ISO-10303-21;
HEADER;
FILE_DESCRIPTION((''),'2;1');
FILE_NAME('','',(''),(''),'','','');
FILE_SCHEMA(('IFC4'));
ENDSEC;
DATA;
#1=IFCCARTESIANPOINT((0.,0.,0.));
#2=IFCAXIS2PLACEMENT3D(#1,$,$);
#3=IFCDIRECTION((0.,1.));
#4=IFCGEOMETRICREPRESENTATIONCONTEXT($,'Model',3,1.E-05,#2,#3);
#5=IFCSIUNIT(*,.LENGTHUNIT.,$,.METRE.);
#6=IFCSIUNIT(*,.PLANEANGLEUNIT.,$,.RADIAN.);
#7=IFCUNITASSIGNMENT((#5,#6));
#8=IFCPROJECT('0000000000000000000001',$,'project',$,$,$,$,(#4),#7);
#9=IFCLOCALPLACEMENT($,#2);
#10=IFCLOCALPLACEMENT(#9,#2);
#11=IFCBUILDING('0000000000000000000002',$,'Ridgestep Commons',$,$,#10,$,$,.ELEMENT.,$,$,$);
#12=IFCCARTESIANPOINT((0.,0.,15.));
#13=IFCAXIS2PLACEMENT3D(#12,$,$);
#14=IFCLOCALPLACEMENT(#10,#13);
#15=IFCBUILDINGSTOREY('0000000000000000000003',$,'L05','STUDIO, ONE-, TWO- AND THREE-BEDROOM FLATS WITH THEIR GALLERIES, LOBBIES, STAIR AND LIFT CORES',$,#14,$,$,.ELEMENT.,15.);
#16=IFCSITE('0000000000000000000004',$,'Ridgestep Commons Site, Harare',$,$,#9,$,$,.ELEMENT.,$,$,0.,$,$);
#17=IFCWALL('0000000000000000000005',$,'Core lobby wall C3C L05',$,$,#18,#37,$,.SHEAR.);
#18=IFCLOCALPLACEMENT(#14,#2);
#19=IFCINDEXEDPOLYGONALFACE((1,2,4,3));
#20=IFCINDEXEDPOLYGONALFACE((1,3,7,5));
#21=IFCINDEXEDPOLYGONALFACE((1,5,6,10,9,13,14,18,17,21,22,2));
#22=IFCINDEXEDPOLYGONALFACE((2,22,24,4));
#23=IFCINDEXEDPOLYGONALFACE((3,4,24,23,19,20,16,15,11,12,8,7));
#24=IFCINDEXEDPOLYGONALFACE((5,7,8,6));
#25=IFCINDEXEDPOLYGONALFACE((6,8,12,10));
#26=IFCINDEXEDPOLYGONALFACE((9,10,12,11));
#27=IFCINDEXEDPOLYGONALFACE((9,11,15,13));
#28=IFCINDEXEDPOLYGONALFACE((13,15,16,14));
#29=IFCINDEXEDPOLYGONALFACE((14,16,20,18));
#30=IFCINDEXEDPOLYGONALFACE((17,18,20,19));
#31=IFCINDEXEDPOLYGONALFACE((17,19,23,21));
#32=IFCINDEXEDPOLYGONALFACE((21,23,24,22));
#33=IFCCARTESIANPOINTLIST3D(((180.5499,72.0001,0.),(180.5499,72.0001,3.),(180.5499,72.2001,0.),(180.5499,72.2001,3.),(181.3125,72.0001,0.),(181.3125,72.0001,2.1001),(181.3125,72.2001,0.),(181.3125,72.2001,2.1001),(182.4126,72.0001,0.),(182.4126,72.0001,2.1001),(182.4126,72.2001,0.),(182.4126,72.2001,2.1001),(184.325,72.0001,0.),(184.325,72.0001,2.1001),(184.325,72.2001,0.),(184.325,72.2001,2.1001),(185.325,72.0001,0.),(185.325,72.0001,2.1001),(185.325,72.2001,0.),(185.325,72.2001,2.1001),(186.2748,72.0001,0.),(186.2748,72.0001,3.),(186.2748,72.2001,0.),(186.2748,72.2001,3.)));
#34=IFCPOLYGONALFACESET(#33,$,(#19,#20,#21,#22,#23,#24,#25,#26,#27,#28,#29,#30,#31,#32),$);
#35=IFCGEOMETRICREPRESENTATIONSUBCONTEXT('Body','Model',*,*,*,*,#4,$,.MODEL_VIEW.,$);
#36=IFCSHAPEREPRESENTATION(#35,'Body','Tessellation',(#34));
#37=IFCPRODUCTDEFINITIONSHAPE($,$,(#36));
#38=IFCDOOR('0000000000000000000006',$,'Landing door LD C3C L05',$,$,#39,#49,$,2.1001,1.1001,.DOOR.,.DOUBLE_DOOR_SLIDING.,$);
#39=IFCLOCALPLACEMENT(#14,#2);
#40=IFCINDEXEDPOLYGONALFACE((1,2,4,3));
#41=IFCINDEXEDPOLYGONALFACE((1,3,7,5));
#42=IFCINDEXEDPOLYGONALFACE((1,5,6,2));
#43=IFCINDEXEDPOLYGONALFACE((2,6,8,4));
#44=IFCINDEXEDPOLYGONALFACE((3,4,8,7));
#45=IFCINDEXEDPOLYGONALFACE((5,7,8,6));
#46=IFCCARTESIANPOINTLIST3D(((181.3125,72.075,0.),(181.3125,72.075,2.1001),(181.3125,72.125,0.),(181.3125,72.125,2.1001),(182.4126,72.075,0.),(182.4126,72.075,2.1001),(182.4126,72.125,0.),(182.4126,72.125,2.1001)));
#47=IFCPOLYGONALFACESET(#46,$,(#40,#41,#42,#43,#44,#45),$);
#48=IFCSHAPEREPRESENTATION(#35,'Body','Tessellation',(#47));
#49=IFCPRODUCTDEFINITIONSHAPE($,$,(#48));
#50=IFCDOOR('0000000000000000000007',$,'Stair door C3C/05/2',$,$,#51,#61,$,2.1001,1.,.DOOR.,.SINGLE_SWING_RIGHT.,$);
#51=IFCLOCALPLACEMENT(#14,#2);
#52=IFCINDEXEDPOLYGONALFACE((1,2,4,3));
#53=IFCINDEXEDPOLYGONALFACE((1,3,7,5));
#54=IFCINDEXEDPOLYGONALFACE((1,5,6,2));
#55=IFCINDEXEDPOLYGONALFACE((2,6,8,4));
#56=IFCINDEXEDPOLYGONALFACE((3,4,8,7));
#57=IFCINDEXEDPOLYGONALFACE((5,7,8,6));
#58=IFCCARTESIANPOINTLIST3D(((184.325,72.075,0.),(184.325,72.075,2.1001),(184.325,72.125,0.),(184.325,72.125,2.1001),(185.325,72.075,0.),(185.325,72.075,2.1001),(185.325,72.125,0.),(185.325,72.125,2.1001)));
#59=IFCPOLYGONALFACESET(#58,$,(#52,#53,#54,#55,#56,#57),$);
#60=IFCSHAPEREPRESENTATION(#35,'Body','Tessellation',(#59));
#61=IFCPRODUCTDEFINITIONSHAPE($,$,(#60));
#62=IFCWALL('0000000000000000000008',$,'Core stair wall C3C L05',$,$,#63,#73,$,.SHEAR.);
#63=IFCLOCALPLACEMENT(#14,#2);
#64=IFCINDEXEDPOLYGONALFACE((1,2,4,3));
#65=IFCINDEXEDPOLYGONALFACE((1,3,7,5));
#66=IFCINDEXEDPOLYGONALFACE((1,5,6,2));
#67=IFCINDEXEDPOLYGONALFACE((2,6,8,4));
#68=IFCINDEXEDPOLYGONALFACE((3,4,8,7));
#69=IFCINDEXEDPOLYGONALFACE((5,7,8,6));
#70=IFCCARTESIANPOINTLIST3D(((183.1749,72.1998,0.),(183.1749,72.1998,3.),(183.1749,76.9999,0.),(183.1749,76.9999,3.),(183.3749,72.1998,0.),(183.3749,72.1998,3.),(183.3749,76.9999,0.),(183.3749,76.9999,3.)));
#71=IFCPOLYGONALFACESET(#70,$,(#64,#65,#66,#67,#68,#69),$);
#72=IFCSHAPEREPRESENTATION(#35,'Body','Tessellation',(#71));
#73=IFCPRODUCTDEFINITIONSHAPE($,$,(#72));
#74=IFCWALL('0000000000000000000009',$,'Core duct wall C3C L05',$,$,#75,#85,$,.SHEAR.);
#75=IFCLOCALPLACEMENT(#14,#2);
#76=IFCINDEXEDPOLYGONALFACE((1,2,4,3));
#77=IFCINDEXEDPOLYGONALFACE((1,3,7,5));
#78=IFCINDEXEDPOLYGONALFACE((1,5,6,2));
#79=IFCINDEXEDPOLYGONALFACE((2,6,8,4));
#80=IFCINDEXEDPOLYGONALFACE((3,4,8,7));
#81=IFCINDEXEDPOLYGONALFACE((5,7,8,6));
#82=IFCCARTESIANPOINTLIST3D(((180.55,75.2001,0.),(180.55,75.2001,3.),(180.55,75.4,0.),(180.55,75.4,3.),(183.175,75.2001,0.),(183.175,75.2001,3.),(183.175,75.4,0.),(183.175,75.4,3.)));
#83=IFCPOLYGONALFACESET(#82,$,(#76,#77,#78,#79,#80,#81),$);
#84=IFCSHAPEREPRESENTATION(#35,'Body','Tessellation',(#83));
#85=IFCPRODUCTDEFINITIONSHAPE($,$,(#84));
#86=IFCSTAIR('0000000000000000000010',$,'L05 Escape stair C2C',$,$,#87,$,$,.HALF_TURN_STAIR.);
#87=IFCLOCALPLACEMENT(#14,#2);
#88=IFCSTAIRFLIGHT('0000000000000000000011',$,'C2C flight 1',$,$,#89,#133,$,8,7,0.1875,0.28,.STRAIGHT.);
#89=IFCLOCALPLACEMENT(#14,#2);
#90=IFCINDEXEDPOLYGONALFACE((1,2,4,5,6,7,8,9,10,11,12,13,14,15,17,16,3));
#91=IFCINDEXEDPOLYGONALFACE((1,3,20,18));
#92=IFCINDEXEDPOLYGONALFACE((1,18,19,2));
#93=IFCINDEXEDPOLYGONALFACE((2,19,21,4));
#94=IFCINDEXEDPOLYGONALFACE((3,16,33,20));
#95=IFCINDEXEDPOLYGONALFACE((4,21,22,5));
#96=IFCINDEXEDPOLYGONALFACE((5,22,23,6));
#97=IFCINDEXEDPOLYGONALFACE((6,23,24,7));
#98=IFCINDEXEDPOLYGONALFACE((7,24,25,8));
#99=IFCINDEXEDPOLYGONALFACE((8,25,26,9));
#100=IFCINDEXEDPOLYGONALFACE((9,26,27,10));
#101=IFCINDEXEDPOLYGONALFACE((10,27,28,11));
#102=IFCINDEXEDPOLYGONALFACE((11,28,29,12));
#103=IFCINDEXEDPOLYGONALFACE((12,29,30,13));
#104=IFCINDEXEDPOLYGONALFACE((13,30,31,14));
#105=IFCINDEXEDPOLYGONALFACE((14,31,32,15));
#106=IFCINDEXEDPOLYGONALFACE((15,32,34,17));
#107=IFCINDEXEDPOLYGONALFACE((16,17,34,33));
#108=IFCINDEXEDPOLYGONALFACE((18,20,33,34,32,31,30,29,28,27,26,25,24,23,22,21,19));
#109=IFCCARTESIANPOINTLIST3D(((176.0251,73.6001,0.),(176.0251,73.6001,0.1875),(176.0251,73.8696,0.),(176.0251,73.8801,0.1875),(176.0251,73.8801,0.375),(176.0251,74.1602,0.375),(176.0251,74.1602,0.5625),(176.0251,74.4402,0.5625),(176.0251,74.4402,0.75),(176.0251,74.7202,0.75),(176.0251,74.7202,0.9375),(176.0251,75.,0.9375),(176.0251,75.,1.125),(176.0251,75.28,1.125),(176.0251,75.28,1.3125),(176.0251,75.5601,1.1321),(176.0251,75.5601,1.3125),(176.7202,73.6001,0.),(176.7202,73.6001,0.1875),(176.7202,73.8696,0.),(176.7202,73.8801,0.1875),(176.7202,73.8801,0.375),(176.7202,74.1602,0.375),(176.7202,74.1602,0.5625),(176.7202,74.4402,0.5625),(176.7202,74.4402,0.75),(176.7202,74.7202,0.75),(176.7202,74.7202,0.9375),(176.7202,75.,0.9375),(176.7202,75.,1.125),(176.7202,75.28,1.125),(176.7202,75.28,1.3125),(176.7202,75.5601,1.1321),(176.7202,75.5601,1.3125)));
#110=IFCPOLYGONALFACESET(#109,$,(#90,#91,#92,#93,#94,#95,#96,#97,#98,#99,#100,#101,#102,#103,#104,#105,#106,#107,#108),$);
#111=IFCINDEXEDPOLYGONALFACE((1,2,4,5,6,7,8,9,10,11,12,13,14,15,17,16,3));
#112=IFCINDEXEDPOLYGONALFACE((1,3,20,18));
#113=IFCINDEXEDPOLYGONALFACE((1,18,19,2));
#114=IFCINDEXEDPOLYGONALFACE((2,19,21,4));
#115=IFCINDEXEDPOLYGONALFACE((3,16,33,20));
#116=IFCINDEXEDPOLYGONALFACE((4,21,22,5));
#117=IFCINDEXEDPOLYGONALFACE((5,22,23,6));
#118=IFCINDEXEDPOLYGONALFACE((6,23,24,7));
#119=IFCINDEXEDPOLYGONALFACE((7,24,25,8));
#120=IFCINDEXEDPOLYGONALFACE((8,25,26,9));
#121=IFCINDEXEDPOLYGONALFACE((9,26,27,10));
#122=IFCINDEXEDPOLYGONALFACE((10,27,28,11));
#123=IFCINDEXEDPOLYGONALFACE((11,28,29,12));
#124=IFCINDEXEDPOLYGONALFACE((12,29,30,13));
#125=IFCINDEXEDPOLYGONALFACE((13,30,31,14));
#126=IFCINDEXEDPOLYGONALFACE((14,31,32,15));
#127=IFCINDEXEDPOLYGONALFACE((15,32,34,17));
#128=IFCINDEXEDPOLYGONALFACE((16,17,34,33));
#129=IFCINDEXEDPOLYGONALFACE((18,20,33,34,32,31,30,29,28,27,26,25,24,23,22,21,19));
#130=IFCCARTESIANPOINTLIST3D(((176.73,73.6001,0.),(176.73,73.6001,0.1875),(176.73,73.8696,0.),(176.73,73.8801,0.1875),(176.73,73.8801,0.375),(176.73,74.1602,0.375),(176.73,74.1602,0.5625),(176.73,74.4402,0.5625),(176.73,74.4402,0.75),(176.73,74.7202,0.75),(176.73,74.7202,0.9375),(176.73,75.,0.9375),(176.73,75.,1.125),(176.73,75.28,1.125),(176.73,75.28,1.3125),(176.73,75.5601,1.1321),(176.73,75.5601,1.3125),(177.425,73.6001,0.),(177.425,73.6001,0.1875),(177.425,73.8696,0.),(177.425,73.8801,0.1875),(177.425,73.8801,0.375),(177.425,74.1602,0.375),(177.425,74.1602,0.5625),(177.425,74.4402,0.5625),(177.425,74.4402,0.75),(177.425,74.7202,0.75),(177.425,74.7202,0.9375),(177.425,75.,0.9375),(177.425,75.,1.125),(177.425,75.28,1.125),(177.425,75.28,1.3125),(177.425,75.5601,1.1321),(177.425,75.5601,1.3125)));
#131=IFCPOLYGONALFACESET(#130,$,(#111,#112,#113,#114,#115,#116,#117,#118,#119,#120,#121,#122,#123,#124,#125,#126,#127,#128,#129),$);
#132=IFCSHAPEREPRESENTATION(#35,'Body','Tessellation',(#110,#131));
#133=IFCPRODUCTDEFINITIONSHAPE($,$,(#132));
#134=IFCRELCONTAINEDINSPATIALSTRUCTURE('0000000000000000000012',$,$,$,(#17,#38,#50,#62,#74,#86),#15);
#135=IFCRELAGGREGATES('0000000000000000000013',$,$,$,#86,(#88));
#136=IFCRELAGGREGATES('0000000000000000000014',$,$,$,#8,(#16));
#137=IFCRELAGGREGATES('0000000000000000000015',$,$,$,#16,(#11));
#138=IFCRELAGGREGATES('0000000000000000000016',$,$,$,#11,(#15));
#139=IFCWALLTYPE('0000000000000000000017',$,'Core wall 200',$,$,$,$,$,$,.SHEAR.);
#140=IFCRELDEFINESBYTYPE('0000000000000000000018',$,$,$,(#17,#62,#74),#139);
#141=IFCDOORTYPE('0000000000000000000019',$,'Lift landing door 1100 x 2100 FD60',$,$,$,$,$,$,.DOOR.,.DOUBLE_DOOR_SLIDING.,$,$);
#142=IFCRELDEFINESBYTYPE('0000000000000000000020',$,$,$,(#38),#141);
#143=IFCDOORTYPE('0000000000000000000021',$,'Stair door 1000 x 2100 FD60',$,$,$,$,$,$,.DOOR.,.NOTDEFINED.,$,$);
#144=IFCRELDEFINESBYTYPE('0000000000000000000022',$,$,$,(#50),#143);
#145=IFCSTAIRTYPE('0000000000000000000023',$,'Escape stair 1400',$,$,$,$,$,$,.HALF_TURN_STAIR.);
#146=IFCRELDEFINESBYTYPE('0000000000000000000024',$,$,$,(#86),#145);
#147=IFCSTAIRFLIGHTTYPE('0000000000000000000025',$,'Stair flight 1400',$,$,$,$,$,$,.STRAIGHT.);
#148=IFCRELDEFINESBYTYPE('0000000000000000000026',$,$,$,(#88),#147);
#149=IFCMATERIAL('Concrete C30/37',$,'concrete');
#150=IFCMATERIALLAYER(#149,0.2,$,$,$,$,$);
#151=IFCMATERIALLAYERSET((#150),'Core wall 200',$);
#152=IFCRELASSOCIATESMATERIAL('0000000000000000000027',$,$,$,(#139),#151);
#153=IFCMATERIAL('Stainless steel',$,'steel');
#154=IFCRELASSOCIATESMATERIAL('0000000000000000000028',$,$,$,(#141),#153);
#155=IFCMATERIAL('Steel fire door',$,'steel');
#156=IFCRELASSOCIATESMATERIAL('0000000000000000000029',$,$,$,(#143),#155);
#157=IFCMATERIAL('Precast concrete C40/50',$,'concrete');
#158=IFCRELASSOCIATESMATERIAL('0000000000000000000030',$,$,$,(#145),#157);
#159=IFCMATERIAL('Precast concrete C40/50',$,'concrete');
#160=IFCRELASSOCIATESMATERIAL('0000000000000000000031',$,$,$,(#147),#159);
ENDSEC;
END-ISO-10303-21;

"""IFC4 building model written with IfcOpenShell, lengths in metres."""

from ifc_helpers import new_model, si_unit, direction, frame, frame_2d, origin, place, context, subcontext, project, spatial, polyline, rectangle, outline, extrude, material, layer, layer_set, type_object, element, fill, aggregate, save


model = new_model("IFC4")

# Units and contexts
model_context = context("Model", 3, precision=1e-05, world=origin(), true_north=direction((0.0, 1.0)))
body_context = subcontext(model_context, "Body", "Model", "MODEL_VIEW")
ifc_project = project(units=[si_unit("LENGTHUNIT", "METRE"), si_unit("PLANEANGLEUNIT", "RADIAN")], contexts=[model_context])

# Site, building, storey
site_placement = place(None, origin())
site = spatial("IfcSite", under=ifc_project, at=site_placement, Name="Ridgestep Commons Site, Harare", CompositionType="ELEMENT", RefElevation=0.0)
building_placement = place(site_placement, origin())
building = spatial("IfcBuilding", under=site, at=building_placement, Name="Ridgestep Commons", CompositionType="ELEMENT")
storey_placement = place(building_placement, frame((0.0, 0.0, 15.0)))
storey = spatial("IfcBuildingStorey", under=building, at=storey_placement, Name="L05", Description="STUDIO, ONE-, TWO- AND THREE-BEDROOM FLATS WITH THEIR GALLERIES, LOBBIES, STAIR AND LIFT CORES", CompositionType="ELEMENT", Elevation=15.0)

# Shared definitions
ifc_material_1 = material(Name="Concrete C30/37", Category="concrete")
ifc_layer_1 = layer(ifc_material_1, 0.2)
ifc_layer_set_1 = layer_set([ifc_layer_1], Name="Core wall 200")
wall_type_1 = type_object("IfcWallType", Name="Core wall 200", PredefinedType="SHEAR", material=ifc_layer_set_1)

# Wall, openings, doors
wall_1_placement = place(storey_placement, frame((180.55, 72.1001, 0.0), z_axis=(0.0, 0.0, 1.0), x_axis=(1.0, 0.0, 0.0)))
wall_1 = element("IfcWall", 1, at=wall_1_placement, inside=storey, type_object=wall_type_1, Name="Core lobby wall C3C L05", PredefinedType="SHEAR", context=body_context, shape_type="SweptSolid", body=[
    extrude(rectangle(XDim=5.7249, YDim=0.2, at=frame_2d((2.8623, 0.0))), origin(), (0.0, 0.0, 1.0), 3.0),
])
opening_1_placement = place(wall_1_placement, frame((3.7749, 0.0, 0.0)))
opening_1 = element("IfcOpeningElement", 2, at=opening_1_placement, cuts=wall_1, PredefinedType="OPENING", context=body_context, shape_type="SweptSolid", body=[
    extrude(rectangle(XDim=1.0, YDim=2.1001, at=frame_2d((0.5, 1.05))), frame((0.0, 0.1099, 0.0), z_axis=(0.0, -1.0, 0.0), x_axis=(1.0, 0.0, 0.0)), (0.0, 0.0, 1.0), 0.22),
])
opening_2_placement = place(wall_1_placement, frame((0.7625, 0.0, 0.0)))
opening_2 = element("IfcOpeningElement", 3, at=opening_2_placement, cuts=wall_1, PredefinedType="OPENING", context=body_context, shape_type="SweptSolid", body=[
    extrude(rectangle(XDim=1.1001, YDim=2.1001, at=frame_2d((0.55, 1.05))), frame((0.0, 0.1099, 0.0), z_axis=(0.0, -1.0, 0.0), x_axis=(1.0, 0.0, 0.0)), (0.0, 0.0, 1.0), 0.22),
])
ifc_material_2 = material(Name="Stainless steel", Category="steel")
door_type_1 = type_object("IfcDoorType", Name="Lift landing door 1100 x 2100 FD60", OperationType="DOUBLE_DOOR_SLIDING", PredefinedType="DOOR", material=ifc_material_2)
door_1_placement = place(opening_2_placement, origin())
door_1 = element("IfcDoor", 4, at=door_1_placement, inside=storey, type_object=door_type_1, Name="Landing door LD C3C L05", OperationType="DOUBLE_DOOR_SLIDING", OverallHeight=2.1001, OverallWidth=1.1001, PredefinedType="DOOR", context=body_context, shape_type="SweptSolid", body=[
    extrude(rectangle(XDim=1.1001, YDim=2.1001, at=frame_2d((0.55, 1.05))), frame((0.0, 0.0249, 0.0), z_axis=(0.0, -1.0, 0.0), x_axis=(1.0, 0.0, 0.0)), (0.0, 0.0, 1.0), 0.05),
])
fill(opening_2, door_1)
ifc_material_3 = material(Name="Steel fire door", Category="steel")
door_type_2 = type_object("IfcDoorType", Name="Stair door 1000 x 2100 FD60", OperationType="NOTDEFINED", PredefinedType="DOOR", material=ifc_material_3)
door_2_placement = place(opening_1_placement, origin())
door_2 = element("IfcDoor", 5, at=door_2_placement, inside=storey, type_object=door_type_2, Name="Stair door C3C/05/2", OperationType="SINGLE_SWING_RIGHT", OverallHeight=2.1001, OverallWidth=1.0, PredefinedType="DOOR", context=body_context, shape_type="SweptSolid", body=[
    extrude(rectangle(XDim=1.0, YDim=2.1001, at=frame_2d((0.5, 1.05))), frame((0.0, 0.0249, 0.0), z_axis=(0.0, -1.0, 0.0), x_axis=(1.0, 0.0, 0.0)), (0.0, 0.0, 1.0), 0.05),
])
fill(opening_1, door_2)

# Walls
wall_2_placement = place(storey_placement, frame((183.2749, 72.2, 0.0), z_axis=(0.0, 0.0, 1.0), x_axis=(0.0, 1.0, 0.0)))
element("IfcWall", 6, at=wall_2_placement, inside=storey, type_object=wall_type_1, Name="Core stair wall C3C L05", PredefinedType="SHEAR", context=body_context, shape_type="SweptSolid", body=[
    extrude(rectangle(XDim=4.8, YDim=0.2, at=frame_2d((2.3999, 0.0))), origin(), (0.0, 0.0, 1.0), 3.0),
])
wall_3_placement = place(storey_placement, frame((180.55, 75.3, 0.0), z_axis=(0.0, 0.0, 1.0), x_axis=(1.0, 0.0, 0.0)))
element("IfcWall", 7, at=wall_3_placement, inside=storey, type_object=wall_type_1, Name="Core duct wall C3C L05", PredefinedType="SHEAR", context=body_context, shape_type="SweptSolid", body=[
    extrude(rectangle(XDim=2.625, YDim=0.2, at=frame_2d((1.3125, 0.0))), origin(), (0.0, 0.0, 1.0), 3.0),
])

# Stair, stair flight
ifc_material_4 = material(Name="Precast concrete C40/50", Category="concrete")
stair_type = type_object("IfcStairType", Name="Escape stair 1400", PredefinedType="HALF_TURN_STAIR", material=ifc_material_4)
stair_placement = place(storey_placement, origin())
stair = element("IfcStair", 8, at=stair_placement, inside=storey, type_object=stair_type, Name="L05 Escape stair C2C", PredefinedType="HALF_TURN_STAIR")
ifc_material_5 = material(Name="Precast concrete C40/50", Category="concrete")
stair_flight_type = type_object("IfcStairFlightType", Name="Stair flight 1400", PredefinedType="STRAIGHT", material=ifc_material_5)
stair_flight_placement = place(storey_placement, frame((176.7251, 73.6001, 0.0), z_axis=(0.0, 0.0, 1.0), x_axis=(0.0, 1.0, 0.0)))
stair_flight = element("IfcStairFlight", 9, at=stair_flight_placement, type_object=stair_flight_type, Name="C2C flight 1", NumberOfRisers=8, NumberOfTreads=7, PredefinedType="STRAIGHT", RiserHeight=0.1875, TreadLength=0.28, context=body_context, shape_type="SweptSolid", body=[
    extrude(outline(polyline([(0.0, 0.0), (0.0, 0.1875), (0.28, 0.1875), (0.28, 0.375), (0.5601, 0.375), (0.5601, 0.5625), (0.8401, 0.5625), (0.8401, 0.75), (1.1201, 0.75), (1.1201, 0.9375), (1.3999, 0.9375), (1.3999, 1.125), (1.6799, 1.125), (1.6799, 1.3125), (1.96, 1.3125), (1.96, 1.5), (1.96, 1.1321), (0.2695, 0.0), (0.0, 0.0)])), frame((0.0, 0.7, 0.0), z_axis=(0.0, -1.0, 0.0), x_axis=(1.0, 0.0, 0.0)), (0.0, 0.0, 1.0), 0.6951),
    extrude(outline(polyline([(0.0, 0.0), (0.0, 0.1875), (0.28, 0.1875), (0.28, 0.375), (0.5601, 0.375), (0.5601, 0.5625), (0.8401, 0.5625), (0.8401, 0.75), (1.1201, 0.75), (1.1201, 0.9375), (1.3999, 0.9375), (1.3999, 1.125), (1.6799, 1.125), (1.6799, 1.3125), (1.96, 1.3125), (1.96, 1.5), (1.96, 1.1321), (0.2695, 0.0), (0.0, 0.0)])), frame((0.0, -0.0049, 0.0), z_axis=(0.0, -1.0, 0.0), x_axis=(1.0, 0.0, 0.0)), (0.0, 0.0, 1.0), 0.6951),
])
aggregate(stair, [stair_flight])

save(model, "model.ifc")
